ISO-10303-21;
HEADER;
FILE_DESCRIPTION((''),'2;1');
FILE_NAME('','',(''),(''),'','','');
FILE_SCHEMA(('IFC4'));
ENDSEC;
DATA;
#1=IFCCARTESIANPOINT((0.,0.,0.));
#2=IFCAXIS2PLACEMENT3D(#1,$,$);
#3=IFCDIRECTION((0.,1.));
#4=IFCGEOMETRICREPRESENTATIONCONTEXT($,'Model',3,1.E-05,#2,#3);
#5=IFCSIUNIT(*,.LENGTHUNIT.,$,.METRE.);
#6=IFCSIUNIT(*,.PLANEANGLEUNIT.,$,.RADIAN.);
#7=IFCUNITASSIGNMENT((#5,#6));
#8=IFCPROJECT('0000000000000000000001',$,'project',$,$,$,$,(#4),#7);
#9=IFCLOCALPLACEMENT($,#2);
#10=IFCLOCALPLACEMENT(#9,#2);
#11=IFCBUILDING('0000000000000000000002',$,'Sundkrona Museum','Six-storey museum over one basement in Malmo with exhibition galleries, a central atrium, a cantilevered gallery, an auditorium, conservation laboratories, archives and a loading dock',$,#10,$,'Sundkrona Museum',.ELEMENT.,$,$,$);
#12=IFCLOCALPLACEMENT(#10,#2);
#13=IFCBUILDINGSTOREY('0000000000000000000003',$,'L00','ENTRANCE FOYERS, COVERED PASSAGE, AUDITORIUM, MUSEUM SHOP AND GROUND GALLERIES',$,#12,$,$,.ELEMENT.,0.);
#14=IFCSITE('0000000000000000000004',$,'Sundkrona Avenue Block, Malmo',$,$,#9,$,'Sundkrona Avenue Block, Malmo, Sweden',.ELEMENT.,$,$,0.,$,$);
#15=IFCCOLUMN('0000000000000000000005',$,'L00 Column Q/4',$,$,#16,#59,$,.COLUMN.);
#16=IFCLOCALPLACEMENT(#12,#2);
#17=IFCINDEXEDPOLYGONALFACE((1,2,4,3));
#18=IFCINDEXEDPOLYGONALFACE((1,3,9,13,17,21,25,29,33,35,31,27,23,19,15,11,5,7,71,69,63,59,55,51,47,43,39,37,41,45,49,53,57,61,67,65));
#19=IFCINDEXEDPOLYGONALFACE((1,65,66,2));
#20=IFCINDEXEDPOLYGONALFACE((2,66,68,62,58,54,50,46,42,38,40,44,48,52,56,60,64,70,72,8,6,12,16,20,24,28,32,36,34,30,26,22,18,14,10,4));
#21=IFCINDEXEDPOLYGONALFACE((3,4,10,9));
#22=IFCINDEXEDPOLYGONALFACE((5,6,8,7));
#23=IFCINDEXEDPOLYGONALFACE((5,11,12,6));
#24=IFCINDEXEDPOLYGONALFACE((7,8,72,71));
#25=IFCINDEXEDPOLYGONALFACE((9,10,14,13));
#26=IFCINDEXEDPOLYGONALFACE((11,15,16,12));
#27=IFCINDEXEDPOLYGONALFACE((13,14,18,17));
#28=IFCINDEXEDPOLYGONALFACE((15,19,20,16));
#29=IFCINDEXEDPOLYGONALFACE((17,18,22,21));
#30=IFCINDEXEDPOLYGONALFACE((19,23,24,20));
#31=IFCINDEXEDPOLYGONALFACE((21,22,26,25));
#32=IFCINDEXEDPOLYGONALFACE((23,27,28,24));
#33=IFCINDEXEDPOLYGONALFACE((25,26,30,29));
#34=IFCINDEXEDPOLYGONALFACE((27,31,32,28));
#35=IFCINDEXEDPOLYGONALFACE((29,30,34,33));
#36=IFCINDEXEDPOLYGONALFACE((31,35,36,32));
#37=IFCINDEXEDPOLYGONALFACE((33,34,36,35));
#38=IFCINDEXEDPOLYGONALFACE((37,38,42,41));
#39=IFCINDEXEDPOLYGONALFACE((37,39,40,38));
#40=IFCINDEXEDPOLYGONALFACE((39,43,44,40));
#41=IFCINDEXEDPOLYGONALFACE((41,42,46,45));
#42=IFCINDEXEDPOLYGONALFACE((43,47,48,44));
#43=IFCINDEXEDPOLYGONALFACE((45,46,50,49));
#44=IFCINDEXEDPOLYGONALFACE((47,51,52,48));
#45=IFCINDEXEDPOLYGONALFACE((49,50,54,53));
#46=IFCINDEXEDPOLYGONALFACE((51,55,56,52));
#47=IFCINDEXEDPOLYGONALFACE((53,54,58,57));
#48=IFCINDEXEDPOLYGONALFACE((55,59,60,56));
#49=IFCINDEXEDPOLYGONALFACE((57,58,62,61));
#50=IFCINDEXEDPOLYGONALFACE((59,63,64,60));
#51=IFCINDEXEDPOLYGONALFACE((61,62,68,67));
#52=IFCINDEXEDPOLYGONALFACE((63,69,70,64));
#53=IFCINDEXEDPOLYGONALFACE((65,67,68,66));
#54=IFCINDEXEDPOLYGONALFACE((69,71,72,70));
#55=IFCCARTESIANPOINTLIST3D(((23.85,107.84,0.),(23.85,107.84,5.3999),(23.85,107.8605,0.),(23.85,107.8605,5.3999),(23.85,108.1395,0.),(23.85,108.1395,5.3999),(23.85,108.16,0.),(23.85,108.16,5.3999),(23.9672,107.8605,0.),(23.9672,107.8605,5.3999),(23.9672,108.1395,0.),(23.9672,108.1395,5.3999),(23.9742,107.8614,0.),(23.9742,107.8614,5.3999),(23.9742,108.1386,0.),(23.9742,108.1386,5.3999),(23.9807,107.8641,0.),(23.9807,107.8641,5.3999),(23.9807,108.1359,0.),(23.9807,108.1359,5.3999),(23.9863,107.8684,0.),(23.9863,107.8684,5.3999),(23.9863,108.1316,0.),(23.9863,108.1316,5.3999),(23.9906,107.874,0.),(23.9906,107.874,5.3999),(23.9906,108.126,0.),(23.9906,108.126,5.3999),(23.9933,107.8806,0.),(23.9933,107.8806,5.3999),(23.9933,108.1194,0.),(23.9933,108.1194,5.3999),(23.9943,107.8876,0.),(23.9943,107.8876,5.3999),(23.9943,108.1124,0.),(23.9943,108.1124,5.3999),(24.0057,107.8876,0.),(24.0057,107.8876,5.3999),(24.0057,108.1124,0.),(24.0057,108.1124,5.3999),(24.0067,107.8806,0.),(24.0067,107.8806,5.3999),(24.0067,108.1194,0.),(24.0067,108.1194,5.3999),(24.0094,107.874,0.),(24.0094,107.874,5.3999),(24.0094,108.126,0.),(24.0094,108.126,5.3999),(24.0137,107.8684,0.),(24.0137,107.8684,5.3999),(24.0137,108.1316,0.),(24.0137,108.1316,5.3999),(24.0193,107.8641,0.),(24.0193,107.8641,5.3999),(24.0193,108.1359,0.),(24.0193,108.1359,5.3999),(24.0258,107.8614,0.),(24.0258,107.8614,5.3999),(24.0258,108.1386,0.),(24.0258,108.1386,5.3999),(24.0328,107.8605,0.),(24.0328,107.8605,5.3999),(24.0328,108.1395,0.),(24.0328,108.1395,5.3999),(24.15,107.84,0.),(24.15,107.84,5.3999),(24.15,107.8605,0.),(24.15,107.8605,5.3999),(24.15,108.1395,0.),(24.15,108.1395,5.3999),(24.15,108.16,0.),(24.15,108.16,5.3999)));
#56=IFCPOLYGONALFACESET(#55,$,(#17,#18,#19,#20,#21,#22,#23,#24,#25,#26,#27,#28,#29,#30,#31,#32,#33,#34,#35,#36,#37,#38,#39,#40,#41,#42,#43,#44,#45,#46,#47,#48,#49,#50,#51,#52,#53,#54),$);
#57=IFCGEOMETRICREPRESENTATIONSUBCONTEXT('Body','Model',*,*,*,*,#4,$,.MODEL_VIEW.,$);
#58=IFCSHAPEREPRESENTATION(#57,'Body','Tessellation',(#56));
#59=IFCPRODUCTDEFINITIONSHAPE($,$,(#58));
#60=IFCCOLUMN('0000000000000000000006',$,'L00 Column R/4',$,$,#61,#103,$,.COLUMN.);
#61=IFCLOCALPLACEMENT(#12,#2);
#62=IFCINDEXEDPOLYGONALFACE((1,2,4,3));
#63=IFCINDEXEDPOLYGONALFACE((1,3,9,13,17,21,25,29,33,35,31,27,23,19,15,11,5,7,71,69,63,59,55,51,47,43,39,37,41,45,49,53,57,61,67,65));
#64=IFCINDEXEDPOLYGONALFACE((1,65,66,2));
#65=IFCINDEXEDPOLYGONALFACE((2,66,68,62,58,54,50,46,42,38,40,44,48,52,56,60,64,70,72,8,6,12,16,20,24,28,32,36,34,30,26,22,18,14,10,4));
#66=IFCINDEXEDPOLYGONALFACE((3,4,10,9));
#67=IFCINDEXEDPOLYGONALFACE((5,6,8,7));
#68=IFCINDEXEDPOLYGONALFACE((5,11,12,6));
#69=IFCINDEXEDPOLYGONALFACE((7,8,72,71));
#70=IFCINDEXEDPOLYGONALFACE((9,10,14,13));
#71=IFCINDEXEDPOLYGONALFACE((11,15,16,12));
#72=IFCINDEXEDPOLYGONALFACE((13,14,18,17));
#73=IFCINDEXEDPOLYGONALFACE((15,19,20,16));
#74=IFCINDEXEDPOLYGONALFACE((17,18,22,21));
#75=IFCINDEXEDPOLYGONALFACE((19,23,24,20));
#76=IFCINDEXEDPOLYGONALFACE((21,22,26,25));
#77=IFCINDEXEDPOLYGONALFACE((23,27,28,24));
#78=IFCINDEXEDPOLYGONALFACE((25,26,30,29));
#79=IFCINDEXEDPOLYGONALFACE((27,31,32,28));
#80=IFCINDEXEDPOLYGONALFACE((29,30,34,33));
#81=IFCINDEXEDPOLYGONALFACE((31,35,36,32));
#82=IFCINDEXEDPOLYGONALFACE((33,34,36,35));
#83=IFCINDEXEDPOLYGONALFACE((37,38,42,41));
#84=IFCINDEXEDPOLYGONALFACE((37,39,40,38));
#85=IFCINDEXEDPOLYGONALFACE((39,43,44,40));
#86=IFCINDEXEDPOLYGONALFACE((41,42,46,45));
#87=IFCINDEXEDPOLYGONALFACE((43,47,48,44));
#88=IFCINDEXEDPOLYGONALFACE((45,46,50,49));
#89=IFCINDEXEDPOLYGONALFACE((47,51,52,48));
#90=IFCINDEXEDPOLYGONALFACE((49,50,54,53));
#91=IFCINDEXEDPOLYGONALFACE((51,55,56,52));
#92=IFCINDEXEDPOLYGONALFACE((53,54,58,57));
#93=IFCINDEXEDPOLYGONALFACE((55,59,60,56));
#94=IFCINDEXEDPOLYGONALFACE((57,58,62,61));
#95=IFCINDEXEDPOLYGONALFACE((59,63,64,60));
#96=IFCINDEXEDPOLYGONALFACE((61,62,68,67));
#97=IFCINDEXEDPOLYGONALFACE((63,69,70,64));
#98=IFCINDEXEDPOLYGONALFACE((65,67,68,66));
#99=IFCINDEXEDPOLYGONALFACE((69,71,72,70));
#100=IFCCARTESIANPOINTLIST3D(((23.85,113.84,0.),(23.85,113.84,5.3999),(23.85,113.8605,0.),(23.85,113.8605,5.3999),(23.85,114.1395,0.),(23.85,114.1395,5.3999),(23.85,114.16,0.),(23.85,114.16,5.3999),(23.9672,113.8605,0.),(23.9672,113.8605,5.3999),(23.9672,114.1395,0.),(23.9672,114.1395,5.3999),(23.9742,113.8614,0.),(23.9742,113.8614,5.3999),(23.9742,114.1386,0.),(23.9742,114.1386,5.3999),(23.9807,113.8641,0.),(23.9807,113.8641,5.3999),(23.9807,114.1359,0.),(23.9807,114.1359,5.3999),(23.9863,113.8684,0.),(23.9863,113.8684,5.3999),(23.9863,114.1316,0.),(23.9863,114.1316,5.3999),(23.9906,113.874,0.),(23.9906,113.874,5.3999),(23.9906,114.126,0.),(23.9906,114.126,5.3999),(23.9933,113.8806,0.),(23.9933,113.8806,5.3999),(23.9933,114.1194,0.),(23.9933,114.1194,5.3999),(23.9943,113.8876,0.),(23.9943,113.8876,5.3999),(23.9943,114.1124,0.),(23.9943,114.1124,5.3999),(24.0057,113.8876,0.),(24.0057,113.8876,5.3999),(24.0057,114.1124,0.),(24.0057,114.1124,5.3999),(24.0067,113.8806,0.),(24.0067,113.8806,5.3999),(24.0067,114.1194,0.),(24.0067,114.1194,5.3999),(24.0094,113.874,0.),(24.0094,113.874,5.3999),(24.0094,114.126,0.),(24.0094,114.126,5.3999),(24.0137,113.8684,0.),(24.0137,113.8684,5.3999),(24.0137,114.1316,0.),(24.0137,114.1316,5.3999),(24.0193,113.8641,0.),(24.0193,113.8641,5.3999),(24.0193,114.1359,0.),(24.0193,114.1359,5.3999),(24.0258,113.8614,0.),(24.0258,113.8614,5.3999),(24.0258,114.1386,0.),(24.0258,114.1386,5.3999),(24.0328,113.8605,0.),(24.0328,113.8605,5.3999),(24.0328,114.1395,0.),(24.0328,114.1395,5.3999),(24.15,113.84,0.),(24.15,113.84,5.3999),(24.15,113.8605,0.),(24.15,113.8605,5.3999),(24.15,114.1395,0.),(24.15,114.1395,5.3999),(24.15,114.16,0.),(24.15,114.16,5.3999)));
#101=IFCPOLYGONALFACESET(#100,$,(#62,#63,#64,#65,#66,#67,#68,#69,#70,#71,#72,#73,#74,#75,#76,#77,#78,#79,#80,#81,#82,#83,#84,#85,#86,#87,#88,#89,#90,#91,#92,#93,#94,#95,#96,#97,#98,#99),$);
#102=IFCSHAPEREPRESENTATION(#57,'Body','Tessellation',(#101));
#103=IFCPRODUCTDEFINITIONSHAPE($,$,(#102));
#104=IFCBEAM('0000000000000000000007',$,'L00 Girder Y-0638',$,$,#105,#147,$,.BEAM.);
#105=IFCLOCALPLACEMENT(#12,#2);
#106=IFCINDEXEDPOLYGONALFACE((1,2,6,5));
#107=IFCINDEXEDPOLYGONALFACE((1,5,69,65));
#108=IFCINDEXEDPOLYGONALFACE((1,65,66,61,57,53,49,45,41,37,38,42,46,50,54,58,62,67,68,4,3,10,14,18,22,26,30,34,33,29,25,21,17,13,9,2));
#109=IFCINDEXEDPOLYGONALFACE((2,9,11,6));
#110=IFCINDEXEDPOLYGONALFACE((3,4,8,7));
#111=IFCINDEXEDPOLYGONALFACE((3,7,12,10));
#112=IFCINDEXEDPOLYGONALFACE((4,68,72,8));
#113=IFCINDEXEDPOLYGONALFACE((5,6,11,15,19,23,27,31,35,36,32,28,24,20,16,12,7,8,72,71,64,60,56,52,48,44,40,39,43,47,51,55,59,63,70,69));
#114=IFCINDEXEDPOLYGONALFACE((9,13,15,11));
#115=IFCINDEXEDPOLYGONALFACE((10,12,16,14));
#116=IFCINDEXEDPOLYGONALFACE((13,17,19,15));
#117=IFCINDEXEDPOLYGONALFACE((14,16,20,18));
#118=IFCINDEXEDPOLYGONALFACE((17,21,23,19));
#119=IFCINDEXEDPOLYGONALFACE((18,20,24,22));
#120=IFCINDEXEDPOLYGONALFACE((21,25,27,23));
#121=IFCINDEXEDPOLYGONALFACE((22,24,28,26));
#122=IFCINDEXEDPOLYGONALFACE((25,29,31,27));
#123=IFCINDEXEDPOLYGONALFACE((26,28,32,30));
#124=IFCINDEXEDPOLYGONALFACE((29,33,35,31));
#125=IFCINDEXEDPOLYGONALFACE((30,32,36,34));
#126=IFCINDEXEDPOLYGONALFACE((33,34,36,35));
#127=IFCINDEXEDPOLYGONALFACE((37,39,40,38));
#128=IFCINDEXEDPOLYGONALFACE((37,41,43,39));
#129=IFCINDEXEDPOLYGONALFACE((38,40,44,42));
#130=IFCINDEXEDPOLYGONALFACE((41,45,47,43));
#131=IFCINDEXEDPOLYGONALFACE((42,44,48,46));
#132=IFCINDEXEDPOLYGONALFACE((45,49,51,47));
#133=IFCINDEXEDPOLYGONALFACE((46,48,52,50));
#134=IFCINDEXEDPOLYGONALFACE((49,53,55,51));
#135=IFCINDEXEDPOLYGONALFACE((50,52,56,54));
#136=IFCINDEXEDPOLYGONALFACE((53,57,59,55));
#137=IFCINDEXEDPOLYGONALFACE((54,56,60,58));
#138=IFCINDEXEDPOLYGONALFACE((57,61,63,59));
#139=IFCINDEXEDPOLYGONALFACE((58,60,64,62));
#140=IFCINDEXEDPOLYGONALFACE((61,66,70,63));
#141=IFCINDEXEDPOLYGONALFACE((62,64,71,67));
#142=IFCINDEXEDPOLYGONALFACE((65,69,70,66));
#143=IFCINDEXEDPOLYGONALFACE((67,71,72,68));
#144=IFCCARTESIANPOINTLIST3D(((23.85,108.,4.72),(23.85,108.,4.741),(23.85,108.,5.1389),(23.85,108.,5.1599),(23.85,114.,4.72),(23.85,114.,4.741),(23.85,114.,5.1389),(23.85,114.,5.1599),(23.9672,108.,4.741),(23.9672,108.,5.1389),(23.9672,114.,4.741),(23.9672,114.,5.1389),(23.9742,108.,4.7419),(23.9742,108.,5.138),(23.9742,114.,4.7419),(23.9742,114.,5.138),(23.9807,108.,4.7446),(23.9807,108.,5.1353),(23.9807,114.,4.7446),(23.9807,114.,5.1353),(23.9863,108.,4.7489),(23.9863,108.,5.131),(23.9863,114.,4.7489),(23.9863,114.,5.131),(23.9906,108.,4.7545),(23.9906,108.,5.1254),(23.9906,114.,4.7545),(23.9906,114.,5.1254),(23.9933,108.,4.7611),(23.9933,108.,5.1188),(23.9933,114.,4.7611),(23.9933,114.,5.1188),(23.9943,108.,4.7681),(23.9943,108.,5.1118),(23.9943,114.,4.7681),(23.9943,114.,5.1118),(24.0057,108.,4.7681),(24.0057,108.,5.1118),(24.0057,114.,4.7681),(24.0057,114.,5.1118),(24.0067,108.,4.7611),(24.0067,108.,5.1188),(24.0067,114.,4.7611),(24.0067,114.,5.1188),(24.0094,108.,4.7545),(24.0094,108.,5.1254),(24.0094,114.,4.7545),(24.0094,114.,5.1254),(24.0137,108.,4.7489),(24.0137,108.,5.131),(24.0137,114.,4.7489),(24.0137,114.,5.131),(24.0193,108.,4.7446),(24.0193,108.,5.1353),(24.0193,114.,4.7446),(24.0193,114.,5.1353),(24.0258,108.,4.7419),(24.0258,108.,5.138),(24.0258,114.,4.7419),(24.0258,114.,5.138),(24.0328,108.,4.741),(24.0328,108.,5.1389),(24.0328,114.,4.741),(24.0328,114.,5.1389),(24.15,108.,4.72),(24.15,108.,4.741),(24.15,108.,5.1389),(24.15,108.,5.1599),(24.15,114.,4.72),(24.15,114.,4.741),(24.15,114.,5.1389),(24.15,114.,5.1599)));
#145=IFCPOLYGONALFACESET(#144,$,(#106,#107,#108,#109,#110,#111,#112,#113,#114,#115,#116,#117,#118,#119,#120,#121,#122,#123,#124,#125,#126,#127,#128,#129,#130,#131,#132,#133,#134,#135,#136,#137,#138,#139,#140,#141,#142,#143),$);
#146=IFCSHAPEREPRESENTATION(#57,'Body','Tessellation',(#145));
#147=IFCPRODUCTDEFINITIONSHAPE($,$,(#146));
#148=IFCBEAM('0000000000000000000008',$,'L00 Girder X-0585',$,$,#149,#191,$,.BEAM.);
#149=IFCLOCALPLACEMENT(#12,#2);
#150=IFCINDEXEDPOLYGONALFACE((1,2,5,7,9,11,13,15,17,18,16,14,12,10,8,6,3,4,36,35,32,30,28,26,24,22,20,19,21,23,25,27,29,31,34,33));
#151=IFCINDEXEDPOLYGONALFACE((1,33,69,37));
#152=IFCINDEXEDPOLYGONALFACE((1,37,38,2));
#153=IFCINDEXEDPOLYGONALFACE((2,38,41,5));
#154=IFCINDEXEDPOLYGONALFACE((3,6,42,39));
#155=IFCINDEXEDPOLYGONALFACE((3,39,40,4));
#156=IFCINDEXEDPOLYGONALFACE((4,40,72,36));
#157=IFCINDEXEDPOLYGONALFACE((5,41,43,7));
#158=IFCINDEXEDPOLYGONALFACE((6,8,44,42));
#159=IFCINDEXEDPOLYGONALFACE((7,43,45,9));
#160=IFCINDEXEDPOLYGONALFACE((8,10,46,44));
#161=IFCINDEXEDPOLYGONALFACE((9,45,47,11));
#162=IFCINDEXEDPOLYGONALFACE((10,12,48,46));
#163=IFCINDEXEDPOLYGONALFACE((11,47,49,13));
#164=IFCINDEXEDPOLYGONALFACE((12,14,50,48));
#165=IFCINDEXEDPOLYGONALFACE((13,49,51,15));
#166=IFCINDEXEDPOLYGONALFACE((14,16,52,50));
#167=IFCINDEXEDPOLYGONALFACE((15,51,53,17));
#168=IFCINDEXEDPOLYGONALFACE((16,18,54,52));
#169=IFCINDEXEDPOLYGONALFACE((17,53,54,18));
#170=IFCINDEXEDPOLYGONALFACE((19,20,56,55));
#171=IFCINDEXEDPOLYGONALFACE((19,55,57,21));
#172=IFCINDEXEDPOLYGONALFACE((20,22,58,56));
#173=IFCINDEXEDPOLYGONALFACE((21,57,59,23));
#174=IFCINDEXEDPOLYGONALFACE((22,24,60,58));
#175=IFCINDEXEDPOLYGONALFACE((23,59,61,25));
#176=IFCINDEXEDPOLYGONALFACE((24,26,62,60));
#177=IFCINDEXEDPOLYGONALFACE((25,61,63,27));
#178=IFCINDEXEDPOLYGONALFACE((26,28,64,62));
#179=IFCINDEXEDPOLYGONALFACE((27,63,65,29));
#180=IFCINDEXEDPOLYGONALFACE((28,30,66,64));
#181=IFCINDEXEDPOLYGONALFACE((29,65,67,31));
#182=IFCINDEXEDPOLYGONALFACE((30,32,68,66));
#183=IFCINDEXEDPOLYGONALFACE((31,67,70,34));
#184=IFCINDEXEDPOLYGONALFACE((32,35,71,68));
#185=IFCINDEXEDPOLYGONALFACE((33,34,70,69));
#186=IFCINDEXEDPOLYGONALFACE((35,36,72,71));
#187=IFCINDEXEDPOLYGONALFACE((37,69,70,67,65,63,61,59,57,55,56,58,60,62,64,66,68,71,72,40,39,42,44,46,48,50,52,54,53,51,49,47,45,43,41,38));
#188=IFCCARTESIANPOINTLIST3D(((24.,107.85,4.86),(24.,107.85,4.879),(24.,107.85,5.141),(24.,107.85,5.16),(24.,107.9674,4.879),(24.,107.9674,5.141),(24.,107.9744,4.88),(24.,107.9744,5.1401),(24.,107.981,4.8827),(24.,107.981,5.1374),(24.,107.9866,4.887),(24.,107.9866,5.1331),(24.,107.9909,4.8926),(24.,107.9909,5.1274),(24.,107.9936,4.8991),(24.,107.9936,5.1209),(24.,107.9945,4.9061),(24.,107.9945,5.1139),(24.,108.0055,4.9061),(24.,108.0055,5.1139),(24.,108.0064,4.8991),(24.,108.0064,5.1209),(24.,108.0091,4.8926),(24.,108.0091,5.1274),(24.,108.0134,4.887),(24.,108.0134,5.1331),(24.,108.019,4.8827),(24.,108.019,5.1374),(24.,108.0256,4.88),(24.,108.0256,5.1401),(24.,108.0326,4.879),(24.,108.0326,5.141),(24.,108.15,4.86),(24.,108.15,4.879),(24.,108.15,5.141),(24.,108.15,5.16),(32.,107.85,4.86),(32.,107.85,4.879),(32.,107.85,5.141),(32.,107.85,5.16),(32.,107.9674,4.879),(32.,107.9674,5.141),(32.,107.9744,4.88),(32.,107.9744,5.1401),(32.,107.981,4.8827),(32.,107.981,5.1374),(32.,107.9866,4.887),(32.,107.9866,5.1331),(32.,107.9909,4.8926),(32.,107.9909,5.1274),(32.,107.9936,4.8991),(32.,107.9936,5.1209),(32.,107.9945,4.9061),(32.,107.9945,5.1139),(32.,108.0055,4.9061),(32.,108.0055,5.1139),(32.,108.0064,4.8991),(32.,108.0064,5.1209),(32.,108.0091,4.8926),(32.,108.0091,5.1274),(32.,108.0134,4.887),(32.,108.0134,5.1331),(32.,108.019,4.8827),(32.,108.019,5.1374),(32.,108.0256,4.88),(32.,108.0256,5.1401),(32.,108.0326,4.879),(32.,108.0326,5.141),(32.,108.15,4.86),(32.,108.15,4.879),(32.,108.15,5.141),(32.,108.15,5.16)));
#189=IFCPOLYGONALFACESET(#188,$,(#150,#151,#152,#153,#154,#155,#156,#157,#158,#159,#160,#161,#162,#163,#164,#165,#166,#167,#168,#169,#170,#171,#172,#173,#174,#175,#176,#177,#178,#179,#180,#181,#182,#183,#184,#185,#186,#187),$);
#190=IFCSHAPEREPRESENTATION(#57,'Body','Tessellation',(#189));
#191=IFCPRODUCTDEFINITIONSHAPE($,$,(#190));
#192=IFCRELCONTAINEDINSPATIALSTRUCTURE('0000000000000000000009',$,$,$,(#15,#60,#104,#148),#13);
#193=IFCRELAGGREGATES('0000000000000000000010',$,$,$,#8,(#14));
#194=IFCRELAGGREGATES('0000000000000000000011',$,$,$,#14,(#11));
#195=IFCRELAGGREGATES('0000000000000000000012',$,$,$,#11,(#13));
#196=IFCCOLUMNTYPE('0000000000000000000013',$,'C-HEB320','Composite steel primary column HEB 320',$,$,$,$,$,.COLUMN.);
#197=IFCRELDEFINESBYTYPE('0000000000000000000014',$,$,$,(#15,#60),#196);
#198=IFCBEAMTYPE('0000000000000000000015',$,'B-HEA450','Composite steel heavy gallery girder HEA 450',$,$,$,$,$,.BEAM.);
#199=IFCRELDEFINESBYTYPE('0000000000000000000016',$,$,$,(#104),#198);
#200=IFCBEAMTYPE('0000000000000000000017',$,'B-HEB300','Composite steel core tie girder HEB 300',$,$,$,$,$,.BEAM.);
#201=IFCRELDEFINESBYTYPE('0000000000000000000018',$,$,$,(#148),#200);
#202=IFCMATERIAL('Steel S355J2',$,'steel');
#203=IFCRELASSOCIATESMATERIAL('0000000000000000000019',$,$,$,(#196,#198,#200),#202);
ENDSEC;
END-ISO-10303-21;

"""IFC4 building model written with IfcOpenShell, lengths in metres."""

from ifc_helpers import new_model, si_unit, direction, frame, origin, origin_2d, place, context, subcontext, project, spatial, i_section, extrude, material, material_profile, profile_set, type_object, element, save


model = new_model("IFC4")

# Units and contexts
model_context = context("Model", 3, precision=1e-05, world=origin(), true_north=direction((0.0, 1.0)))
body_context = subcontext(model_context, "Body", "Model", "MODEL_VIEW")
ifc_project = project(units=[si_unit("LENGTHUNIT", "METRE"), si_unit("PLANEANGLEUNIT", "RADIAN")], contexts=[model_context])

# Site, building, storey
site_placement = place(None, origin())
site = spatial("IfcSite", under=ifc_project, at=site_placement, Name="Sundkrona Avenue Block, Malmo", LongName="Sundkrona Avenue Block, Malmo, Sweden", CompositionType="ELEMENT", RefElevation=0.0)
building_placement = place(site_placement, origin())
building = spatial("IfcBuilding", under=site, at=building_placement, Name="Sundkrona Museum", Description="Six-storey museum over one basement in Malmo with exhibition galleries, a central atrium, a cantilevered gallery, an auditorium, conservation laboratories, archives and a loading dock", LongName="Sundkrona Museum", CompositionType="ELEMENT")
storey_placement = place(building_placement, origin())
storey = spatial("IfcBuildingStorey", under=building, at=storey_placement, Name="L00", Description="ENTRANCE FOYERS, COVERED PASSAGE, AUDITORIUM, MUSEUM SHOP AND GROUND GALLERIES", CompositionType="ELEMENT", Elevation=0.0)

# Columns
ifc_material_1 = material(Name="Steel S355J2", Category="steel")
ifc_material_profile_1 = material_profile(ifc_material_1, i_section(OverallWidth=0.3, OverallDepth=0.3201, WebThickness=0.0115, FlangeThickness=0.0205, FilletRadius=0.0271, at=origin_2d()), Name="HEB 320")
ifc_profile_set_1 = profile_set([ifc_material_profile_1], Name="Steel S355J2")
column_type = type_object("IfcColumnType", Name="C-HEB320", Description="Composite steel primary column HEB 320", PredefinedType="COLUMN", material=ifc_profile_set_1)
for number, where, z_axis, x_axis, name in (
    (1, (24.0, 108.0, 0.0), (0.0, 0.0, 1.0), (1.0, 0.0, 0.0), "L00 Column Q/4"),
    (2, (24.0, 114.0, 0.0), (0.0, 0.0, 1.0), (1.0, 0.0, 0.0), "L00 Column R/4"),
):
    element("IfcColumn", number, at=place(storey_placement, frame(where, z_axis=z_axis, x_axis=x_axis)), inside=storey, type_object=column_type, Name=name, PredefinedType="COLUMN", context=body_context, shape_type="SweptSolid", body=[
        extrude(i_section(OverallWidth=0.3, OverallDepth=0.3201, WebThickness=0.0115, FlangeThickness=0.0205, FilletRadius=0.0271, at=origin_2d()), origin(), (0.0, 0.0, 1.0), 5.3999),
    ])

# Beams
ifc_material_profile_2 = material_profile(ifc_material_1, i_section(OverallWidth=0.3, OverallDepth=0.4399, WebThickness=0.0115, FlangeThickness=0.021, FilletRadius=0.0271, at=origin_2d()), Name="HEA 450")
ifc_profile_set_2 = profile_set([ifc_material_profile_2], Name="Steel S355J2")
beam_type_1 = type_object("IfcBeamType", Name="B-HEA450", Description="Composite steel heavy gallery girder HEA 450", PredefinedType="BEAM", material=ifc_profile_set_2)
beam_1_placement = place(storey_placement, frame((24.0, 108.0, 4.9399), z_axis=(0.0, 1.0, 0.0), x_axis=(-1.0, 0.0, 0.0)))
element("IfcBeam", 3, at=beam_1_placement, inside=storey, type_object=beam_type_1, Name="L00 Girder Y-0638", PredefinedType="BEAM", context=body_context, shape_type="SweptSolid", body=[
    extrude(i_section(OverallWidth=0.3, OverallDepth=0.4399, WebThickness=0.0115, FlangeThickness=0.021, FilletRadius=0.0271, at=origin_2d()), origin(), (0.0, 0.0, 1.0), 6.0),
])
ifc_material_profile_3 = material_profile(ifc_material_1, i_section(OverallWidth=0.3, OverallDepth=0.3, WebThickness=0.011, FlangeThickness=0.019, FilletRadius=0.0271, at=origin_2d()), Name="HEB 300")
ifc_profile_set_3 = profile_set([ifc_material_profile_3], Name="Steel S355J2")
beam_type_2 = type_object("IfcBeamType", Name="B-HEB300", Description="Composite steel core tie girder HEB 300", PredefinedType="BEAM", material=ifc_profile_set_3)
beam_2_placement = place(storey_placement, frame((24.0, 108.0, 5.01), z_axis=(1.0, 0.0, 0.0), x_axis=(0.0, 1.0, 0.0)))
element("IfcBeam", 4, at=beam_2_placement, inside=storey, type_object=beam_type_2, Name="L00 Girder X-0585", PredefinedType="BEAM", context=body_context, shape_type="SweptSolid", body=[
    extrude(i_section(OverallWidth=0.3, OverallDepth=0.3, WebThickness=0.011, FlangeThickness=0.019, FilletRadius=0.0271, at=origin_2d()), origin(), (0.0, 0.0, 1.0), 8.0),
])

save(model, "model.ifc")
